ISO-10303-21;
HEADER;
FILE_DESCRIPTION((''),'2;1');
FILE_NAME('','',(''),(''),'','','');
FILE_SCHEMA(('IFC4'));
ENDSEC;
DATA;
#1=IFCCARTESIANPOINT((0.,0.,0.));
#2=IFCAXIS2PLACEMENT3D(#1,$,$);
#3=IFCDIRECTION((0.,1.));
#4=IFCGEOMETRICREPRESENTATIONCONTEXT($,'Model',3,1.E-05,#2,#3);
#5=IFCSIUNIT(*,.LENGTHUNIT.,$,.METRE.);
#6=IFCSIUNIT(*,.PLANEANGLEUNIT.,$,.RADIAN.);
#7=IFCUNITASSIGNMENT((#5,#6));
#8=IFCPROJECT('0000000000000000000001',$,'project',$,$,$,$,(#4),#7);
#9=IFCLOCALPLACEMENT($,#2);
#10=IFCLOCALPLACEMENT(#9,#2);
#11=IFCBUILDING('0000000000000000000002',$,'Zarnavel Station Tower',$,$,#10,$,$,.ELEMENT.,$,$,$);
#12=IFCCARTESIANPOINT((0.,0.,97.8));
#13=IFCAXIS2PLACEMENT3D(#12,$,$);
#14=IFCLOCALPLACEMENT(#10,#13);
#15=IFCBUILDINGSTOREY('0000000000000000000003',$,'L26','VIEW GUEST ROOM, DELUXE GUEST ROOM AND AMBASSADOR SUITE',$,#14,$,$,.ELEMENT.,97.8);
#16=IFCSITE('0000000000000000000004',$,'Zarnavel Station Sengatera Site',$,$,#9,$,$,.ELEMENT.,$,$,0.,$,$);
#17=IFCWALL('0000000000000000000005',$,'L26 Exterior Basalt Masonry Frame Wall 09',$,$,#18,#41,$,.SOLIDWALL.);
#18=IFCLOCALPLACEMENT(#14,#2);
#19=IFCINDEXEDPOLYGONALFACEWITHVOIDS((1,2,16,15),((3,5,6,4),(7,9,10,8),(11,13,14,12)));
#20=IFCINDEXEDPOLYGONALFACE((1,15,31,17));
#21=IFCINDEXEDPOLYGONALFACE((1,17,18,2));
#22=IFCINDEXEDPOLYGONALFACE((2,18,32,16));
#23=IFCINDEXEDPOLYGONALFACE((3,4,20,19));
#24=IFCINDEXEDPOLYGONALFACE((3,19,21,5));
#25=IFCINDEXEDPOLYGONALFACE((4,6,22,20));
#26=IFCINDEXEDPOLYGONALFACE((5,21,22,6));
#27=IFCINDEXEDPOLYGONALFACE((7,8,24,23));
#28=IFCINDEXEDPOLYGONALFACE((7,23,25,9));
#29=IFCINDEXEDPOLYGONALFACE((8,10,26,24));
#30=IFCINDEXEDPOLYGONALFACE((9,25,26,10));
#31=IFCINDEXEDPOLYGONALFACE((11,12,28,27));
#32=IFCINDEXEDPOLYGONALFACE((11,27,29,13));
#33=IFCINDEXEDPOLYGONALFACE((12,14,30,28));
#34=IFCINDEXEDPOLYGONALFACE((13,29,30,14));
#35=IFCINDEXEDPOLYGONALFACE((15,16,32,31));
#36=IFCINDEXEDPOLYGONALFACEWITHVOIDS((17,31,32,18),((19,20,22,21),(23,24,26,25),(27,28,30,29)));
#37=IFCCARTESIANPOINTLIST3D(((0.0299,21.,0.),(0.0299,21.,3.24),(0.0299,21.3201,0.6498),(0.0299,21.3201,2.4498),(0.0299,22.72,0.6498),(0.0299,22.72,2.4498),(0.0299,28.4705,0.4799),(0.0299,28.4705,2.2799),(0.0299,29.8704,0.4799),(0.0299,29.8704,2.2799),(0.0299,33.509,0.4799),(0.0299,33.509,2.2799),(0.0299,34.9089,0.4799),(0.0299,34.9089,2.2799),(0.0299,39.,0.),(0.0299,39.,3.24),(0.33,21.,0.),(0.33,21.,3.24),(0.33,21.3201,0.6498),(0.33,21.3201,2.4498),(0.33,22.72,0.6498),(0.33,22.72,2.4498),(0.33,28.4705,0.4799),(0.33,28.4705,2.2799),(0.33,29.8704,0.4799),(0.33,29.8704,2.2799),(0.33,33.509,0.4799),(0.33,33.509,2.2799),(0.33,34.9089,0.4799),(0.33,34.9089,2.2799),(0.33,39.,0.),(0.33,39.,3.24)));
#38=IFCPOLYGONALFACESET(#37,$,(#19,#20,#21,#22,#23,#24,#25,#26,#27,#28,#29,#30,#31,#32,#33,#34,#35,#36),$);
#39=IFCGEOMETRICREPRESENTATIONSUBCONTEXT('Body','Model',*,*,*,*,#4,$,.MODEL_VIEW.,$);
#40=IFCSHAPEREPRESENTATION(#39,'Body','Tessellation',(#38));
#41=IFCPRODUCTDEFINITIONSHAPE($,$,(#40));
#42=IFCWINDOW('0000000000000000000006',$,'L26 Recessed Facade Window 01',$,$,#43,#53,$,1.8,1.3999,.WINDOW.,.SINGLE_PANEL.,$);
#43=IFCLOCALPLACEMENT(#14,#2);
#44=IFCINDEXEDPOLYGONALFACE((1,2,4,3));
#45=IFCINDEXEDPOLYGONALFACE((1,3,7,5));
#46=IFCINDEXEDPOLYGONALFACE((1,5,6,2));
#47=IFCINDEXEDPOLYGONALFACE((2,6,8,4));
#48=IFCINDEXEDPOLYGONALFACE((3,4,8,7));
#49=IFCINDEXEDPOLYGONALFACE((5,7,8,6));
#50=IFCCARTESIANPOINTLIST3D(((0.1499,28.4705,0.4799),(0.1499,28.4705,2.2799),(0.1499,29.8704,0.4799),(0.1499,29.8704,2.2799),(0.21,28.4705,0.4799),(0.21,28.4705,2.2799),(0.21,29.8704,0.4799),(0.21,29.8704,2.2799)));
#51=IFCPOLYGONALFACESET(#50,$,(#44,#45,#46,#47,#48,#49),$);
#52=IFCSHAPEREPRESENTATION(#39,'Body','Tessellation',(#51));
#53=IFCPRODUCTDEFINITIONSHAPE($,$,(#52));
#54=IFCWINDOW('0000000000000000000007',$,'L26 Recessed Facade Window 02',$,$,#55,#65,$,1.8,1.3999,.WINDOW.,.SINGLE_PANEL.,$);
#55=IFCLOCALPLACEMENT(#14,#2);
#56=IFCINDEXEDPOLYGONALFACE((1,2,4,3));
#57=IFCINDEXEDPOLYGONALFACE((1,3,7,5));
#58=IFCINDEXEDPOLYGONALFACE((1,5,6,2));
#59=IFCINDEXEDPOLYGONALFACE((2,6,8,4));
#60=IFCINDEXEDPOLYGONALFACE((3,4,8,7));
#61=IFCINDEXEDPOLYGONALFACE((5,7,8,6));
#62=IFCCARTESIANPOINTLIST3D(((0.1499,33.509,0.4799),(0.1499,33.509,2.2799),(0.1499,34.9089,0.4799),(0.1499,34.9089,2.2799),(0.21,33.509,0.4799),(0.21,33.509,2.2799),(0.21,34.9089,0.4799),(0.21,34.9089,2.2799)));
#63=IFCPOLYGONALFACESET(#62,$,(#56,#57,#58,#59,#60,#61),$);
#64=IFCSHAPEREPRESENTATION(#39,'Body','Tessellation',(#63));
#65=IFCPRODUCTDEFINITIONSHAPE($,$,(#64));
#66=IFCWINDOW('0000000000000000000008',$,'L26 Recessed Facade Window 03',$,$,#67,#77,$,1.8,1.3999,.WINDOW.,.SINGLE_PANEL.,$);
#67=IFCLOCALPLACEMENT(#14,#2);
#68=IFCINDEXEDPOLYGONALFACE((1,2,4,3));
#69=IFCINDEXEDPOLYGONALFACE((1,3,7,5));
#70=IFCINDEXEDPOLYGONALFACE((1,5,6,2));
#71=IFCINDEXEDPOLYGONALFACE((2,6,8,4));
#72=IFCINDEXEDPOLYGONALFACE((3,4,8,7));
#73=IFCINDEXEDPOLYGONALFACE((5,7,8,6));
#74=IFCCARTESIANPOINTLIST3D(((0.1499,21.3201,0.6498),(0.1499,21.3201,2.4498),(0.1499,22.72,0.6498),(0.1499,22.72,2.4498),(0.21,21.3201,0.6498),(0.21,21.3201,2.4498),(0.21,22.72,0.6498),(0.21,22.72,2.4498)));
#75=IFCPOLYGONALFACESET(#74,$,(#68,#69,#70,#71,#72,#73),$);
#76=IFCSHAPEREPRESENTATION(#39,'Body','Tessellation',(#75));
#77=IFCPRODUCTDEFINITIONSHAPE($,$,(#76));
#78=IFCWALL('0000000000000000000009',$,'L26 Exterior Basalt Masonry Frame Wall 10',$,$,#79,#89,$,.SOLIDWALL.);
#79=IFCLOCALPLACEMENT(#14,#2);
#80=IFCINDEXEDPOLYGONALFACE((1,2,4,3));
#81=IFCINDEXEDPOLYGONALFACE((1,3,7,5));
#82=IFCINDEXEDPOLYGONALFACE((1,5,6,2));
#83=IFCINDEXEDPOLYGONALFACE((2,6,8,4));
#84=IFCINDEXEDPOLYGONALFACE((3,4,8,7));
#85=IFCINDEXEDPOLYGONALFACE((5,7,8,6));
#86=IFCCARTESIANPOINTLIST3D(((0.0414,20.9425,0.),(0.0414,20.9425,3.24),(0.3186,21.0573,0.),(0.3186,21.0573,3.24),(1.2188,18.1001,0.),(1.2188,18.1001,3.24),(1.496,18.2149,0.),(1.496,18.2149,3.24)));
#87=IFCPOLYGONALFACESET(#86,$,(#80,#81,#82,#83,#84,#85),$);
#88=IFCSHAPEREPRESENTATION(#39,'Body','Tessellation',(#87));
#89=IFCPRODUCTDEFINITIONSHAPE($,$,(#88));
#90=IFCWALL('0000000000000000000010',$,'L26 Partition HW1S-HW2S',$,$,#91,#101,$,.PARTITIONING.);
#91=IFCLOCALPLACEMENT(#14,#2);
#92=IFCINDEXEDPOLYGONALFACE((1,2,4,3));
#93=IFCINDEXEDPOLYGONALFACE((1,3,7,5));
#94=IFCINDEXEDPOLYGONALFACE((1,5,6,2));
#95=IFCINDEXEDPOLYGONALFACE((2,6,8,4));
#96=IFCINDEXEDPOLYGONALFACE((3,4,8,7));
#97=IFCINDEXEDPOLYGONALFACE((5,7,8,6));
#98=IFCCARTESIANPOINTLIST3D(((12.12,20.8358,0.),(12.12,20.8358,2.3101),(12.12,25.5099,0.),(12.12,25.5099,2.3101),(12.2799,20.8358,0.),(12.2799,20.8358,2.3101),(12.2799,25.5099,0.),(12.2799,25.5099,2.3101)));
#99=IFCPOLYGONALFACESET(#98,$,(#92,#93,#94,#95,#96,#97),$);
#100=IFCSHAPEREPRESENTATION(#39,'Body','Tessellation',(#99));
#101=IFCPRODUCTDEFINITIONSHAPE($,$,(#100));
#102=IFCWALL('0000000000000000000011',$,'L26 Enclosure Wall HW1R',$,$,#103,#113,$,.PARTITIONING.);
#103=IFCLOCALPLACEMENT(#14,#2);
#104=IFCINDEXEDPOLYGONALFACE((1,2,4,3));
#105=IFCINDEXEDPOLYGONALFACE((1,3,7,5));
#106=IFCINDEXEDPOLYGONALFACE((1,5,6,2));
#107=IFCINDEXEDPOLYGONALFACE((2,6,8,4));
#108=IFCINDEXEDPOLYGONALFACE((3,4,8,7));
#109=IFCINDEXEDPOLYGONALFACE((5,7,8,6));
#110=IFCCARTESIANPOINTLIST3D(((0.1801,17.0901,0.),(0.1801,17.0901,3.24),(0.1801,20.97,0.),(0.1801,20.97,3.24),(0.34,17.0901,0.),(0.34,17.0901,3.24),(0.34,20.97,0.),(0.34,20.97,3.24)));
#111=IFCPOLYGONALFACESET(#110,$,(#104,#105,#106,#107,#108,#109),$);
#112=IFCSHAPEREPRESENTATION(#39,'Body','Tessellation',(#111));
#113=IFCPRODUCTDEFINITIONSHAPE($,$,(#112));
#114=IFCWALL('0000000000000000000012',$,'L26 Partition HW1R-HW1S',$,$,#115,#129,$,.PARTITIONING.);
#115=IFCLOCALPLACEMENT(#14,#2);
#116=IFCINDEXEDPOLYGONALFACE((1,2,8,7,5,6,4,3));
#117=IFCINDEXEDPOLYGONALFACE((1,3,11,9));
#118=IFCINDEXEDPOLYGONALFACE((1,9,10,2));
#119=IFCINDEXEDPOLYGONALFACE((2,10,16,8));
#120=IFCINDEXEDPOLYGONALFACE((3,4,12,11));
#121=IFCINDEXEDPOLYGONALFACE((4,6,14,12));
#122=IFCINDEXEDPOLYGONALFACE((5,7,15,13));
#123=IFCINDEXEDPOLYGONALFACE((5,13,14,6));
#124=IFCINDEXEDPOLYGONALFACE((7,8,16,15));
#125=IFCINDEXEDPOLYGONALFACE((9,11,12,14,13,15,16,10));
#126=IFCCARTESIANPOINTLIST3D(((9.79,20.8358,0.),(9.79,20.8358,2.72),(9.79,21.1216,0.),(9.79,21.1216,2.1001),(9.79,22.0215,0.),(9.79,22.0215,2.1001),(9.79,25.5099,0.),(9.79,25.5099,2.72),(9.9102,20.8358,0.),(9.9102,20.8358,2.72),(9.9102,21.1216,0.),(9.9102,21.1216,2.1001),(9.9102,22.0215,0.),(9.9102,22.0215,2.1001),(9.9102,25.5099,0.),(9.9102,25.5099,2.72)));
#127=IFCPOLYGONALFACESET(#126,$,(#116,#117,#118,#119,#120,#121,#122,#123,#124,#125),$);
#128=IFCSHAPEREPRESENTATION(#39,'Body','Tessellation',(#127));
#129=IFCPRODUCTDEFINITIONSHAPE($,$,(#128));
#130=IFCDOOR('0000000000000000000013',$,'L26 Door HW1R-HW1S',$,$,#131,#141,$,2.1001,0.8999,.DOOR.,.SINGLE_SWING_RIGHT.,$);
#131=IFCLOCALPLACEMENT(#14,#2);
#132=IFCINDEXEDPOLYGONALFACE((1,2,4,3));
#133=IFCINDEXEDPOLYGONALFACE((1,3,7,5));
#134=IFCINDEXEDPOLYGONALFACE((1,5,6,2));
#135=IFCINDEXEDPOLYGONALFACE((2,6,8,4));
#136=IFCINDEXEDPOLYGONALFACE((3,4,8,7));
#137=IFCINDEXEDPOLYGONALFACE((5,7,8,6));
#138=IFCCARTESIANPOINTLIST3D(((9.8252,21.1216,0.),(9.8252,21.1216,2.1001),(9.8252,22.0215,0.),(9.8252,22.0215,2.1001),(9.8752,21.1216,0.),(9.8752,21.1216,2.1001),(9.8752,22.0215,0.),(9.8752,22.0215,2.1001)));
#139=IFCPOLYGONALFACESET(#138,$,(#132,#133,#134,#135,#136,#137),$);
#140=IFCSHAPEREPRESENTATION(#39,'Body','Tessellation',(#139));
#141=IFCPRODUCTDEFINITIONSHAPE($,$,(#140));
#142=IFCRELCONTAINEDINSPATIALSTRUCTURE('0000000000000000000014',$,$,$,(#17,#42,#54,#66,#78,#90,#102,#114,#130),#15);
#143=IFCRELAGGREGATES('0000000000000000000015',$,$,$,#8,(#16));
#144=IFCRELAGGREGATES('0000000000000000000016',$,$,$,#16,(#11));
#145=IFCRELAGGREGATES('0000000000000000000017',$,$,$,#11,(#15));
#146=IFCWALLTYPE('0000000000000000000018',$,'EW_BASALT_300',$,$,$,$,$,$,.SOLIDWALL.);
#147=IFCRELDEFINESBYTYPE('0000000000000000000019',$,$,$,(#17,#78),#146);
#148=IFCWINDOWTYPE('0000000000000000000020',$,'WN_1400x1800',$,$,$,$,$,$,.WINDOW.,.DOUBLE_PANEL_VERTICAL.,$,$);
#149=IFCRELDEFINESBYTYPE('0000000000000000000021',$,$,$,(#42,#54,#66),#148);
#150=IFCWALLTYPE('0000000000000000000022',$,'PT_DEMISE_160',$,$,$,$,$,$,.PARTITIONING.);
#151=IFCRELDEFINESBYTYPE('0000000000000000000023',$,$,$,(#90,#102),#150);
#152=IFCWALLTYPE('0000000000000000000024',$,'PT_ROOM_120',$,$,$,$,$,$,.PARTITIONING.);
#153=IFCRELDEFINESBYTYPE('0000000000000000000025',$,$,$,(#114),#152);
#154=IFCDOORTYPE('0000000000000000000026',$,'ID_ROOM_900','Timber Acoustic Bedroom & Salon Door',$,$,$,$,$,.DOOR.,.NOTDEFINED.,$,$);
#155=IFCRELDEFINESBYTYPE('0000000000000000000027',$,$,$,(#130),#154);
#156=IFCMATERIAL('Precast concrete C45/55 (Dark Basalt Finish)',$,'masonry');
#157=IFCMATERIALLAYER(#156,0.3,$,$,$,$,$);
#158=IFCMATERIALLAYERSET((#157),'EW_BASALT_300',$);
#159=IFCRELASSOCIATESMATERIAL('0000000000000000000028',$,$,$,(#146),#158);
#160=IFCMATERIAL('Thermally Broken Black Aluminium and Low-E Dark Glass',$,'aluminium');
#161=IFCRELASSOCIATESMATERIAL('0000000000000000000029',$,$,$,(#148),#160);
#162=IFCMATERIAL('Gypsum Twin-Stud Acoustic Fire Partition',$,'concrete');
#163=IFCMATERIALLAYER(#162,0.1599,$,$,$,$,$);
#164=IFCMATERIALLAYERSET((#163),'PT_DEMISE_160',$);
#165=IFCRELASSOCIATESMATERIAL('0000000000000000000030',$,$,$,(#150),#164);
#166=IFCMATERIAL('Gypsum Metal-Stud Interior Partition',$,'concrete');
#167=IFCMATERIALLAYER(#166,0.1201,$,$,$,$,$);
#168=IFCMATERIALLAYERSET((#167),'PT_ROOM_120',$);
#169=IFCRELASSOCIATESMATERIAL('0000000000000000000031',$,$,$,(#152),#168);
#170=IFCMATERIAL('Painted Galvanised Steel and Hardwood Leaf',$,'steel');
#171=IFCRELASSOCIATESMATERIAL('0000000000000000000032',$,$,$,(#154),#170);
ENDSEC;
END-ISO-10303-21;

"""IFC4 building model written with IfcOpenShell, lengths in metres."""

from ifc_helpers import new_model, si_unit, direction, frame, frame_2d, origin, place, context, subcontext, project, spatial, rectangle, extrude, material, layer, layer_set, type_object, element, fill, save


model = new_model("IFC4")

# Units and contexts
model_context = context("Model", 3, precision=1e-05, world=origin(), true_north=direction((0.0, 1.0)))
body_context = subcontext(model_context, "Body", "Model", "MODEL_VIEW")
ifc_project = project(units=[si_unit("LENGTHUNIT", "METRE"), si_unit("PLANEANGLEUNIT", "RADIAN")], contexts=[model_context])

# Site, building, storey
site_placement = place(None, origin())
site = spatial("IfcSite", under=ifc_project, at=site_placement, Name="Zarnavel Station Sengatera Site", CompositionType="ELEMENT", RefElevation=0.0)
building_placement = place(site_placement, origin())
building = spatial("IfcBuilding", under=site, at=building_placement, Name="Zarnavel Station Tower", CompositionType="ELEMENT")
storey_placement = place(building_placement, frame((0.0, 0.0, 97.8)))
storey = spatial("IfcBuildingStorey", under=building, at=storey_placement, Name="L26", Description="VIEW GUEST ROOM, DELUXE GUEST ROOM AND AMBASSADOR SUITE", CompositionType="ELEMENT", Elevation=97.8)

# Wall, openings, windows
ifc_material_1 = material(Name="Precast concrete C45/55 (Dark Basalt Finish)", Category="masonry")
ifc_layer_1 = layer(ifc_material_1, 0.3)
ifc_layer_set_1 = layer_set([ifc_layer_1], Name="EW_BASALT_300")
wall_type_1 = type_object("IfcWallType", Name="EW_BASALT_300", PredefinedType="SOLIDWALL", material=ifc_layer_set_1)
wall_1_placement = place(storey_placement, frame((0.1799, 21.0, 0.0), z_axis=(0.0, 0.0, 1.0), x_axis=(0.0, 1.0, 0.0)))
wall_1 = element("IfcWall", 1, at=wall_1_placement, inside=storey, type_object=wall_type_1, Name="L26 Exterior Basalt Masonry Frame Wall 09", PredefinedType="SOLIDWALL", context=body_context, shape_type="SweptSolid", body=[
    extrude(rectangle(XDim=18.0, YDim=0.3, at=frame_2d((9.0, 0.0))), origin(), (0.0, 0.0, 1.0), 3.24),
])
opening_1_placement = place(wall_1_placement, frame((7.4705, 0.0, 0.48)))
opening_1 = element("IfcOpeningElement", 2, at=opening_1_placement, cuts=wall_1, PredefinedType="OPENING", context=body_context, shape_type="SweptSolid", body=[
    extrude(rectangle(XDim=1.3999, YDim=1.8, at=frame_2d((0.7, 0.8999))), frame((0.0, 0.1599, 0.0), z_axis=(0.0, -1.0, 0.0), x_axis=(1.0, 0.0, 0.0)), (0.0, 0.0, 1.0), 0.3201),
])
opening_2_placement = place(wall_1_placement, frame((12.509, 0.0, 0.48)))
opening_2 = element("IfcOpeningElement", 3, at=opening_2_placement, cuts=wall_1, PredefinedType="OPENING", context=body_context, shape_type="SweptSolid", body=[
    extrude(rectangle(XDim=1.3999, YDim=1.8, at=frame_2d((0.7, 0.8999))), frame((0.0, 0.1599, 0.0), z_axis=(0.0, -1.0, 0.0), x_axis=(1.0, 0.0, 0.0)), (0.0, 0.0, 1.0), 0.3201),
])
opening_3_placement = place(wall_1_placement, frame((0.3201, 0.0, 0.6499)))
opening_3 = element("IfcOpeningElement", 4, at=opening_3_placement, cuts=wall_1, PredefinedType="OPENING", context=body_context, shape_type="SweptSolid", body=[
    extrude(rectangle(XDim=1.3999, YDim=1.8, at=frame_2d((0.7, 0.8999))), frame((0.0, 0.1599, 0.0), z_axis=(0.0, -1.0, 0.0), x_axis=(1.0, 0.0, 0.0)), (0.0, 0.0, 1.0), 0.3201),
])
ifc_material_2 = material(Name="Thermally Broken Black Aluminium and Low-E Dark Glass", Category="aluminium")
window_type = type_object("IfcWindowType", Name="WN_1400x1800", PartitioningType="DOUBLE_PANEL_VERTICAL", PredefinedType="WINDOW", material=ifc_material_2)
window_1_placement = place(opening_1_placement, origin())
window_1 = element("IfcWindow", 5, at=window_1_placement, inside=storey, type_object=window_type, Name="L26 Recessed Facade Window 01", OverallHeight=1.8, OverallWidth=1.3999, PartitioningType="SINGLE_PANEL", PredefinedType="WINDOW", context=body_context, shape_type="SweptSolid", body=[
    extrude(rectangle(XDim=1.3999, YDim=1.8, at=frame_2d((0.7, 0.8999))), frame((0.0, 0.03, 0.0), z_axis=(0.0, -1.0, 0.0), x_axis=(1.0, 0.0, 0.0)), (0.0, 0.0, 1.0), 0.0601),
])
fill(opening_1, window_1)
window_2_placement = place(opening_2_placement, origin())
window_2 = element("IfcWindow", 6, at=window_2_placement, inside=storey, type_object=window_type, Name="L26 Recessed Facade Window 02", OverallHeight=1.8, OverallWidth=1.3999, PartitioningType="SINGLE_PANEL", PredefinedType="WINDOW", context=body_context, shape_type="SweptSolid", body=[
    extrude(rectangle(XDim=1.3999, YDim=1.8, at=frame_2d((0.7, 0.8999))), frame((0.0, 0.03, 0.0), z_axis=(0.0, -1.0, 0.0), x_axis=(1.0, 0.0, 0.0)), (0.0, 0.0, 1.0), 0.0601),
])
fill(opening_2, window_2)
window_3_placement = place(opening_3_placement, origin())
window_3 = element("IfcWindow", 7, at=window_3_placement, inside=storey, type_object=window_type, Name="L26 Recessed Facade Window 03", OverallHeight=1.8, OverallWidth=1.3999, PartitioningType="SINGLE_PANEL", PredefinedType="WINDOW", context=body_context, shape_type="SweptSolid", body=[
    extrude(rectangle(XDim=1.3999, YDim=1.8, at=frame_2d((0.7, 0.8999))), frame((0.0, 0.03, 0.0), z_axis=(0.0, -1.0, 0.0), x_axis=(1.0, 0.0, 0.0)), (0.0, 0.0, 1.0), 0.0601),
])
fill(opening_3, window_3)

# Walls
wall_2_placement = place(storey_placement, frame((1.3574, 18.1575, 0.0), z_axis=(0.0, 0.0, 1.0), x_axis=(-0.382705, 0.923871, 0.0)))
element("IfcWall", 8, at=wall_2_placement, inside=storey, type_object=wall_type_1, Name="L26 Exterior Basalt Masonry Frame Wall 10", PredefinedType="SOLIDWALL", context=body_context, shape_type="SweptSolid", body=[
    extrude(rectangle(XDim=3.0767, YDim=0.3, at=frame_2d((1.5383, 0.0))), origin(), (0.0, 0.0, 1.0), 3.24),
])
ifc_material_3 = material(Name="Gypsum Twin-Stud Acoustic Fire Partition", Category="concrete")
ifc_layer_2 = layer(ifc_material_3, 0.1599)
ifc_layer_set_2 = layer_set([ifc_layer_2], Name="PT_DEMISE_160")
wall_type_2 = type_object("IfcWallType", Name="PT_DEMISE_160", PredefinedType="PARTITIONING", material=ifc_layer_set_2)
wall_3_placement = place(storey_placement, frame((12.2, 20.8359, 0.0), z_axis=(0.0, 0.0, 1.0), x_axis=(0.0, 1.0, 0.0)))
element("IfcWall", 9, at=wall_3_placement, inside=storey, type_object=wall_type_2, Name="L26 Partition HW1S-HW2S", PredefinedType="PARTITIONING", context=body_context, shape_type="SweptSolid", body=[
    extrude(rectangle(XDim=4.6741, YDim=0.1599, at=frame_2d((2.3369, 0.0))), origin(), (0.0, 0.0, 1.0), 2.3101),
])
wall_4_placement = place(storey_placement, frame((0.26, 17.0901, 0.0), z_axis=(0.0, 0.0, 1.0), x_axis=(0.0, 1.0, 0.0)))
element("IfcWall", 10, at=wall_4_placement, inside=storey, type_object=wall_type_2, Name="L26 Enclosure Wall HW1R", PredefinedType="PARTITIONING", context=body_context, shape_type="SweptSolid", body=[
    extrude(rectangle(XDim=3.8799, YDim=0.1599, at=frame_2d((1.9399, 0.0))), origin(), (0.0, 0.0, 1.0), 3.24),
])

# Wall, opening, door
ifc_material_4 = material(Name="Gypsum Metal-Stud Interior Partition", Category="concrete")
ifc_layer_3 = layer(ifc_material_4, 0.1201)
ifc_layer_set_3 = layer_set([ifc_layer_3], Name="PT_ROOM_120")
wall_type_3 = type_object("IfcWallType", Name="PT_ROOM_120", PredefinedType="PARTITIONING", material=ifc_layer_set_3)
wall_5_placement = place(storey_placement, frame((9.8501, 20.8359, 0.0), z_axis=(0.0, 0.0, 1.0), x_axis=(0.0, 1.0, 0.0)))
wall_5 = element("IfcWall", 11, at=wall_5_placement, inside=storey, type_object=wall_type_3, Name="L26 Partition HW1R-HW1S", PredefinedType="PARTITIONING", context=body_context, shape_type="SweptSolid", body=[
    extrude(rectangle(XDim=4.6741, YDim=0.1201, at=frame_2d((2.3369, 0.0))), origin(), (0.0, 0.0, 1.0), 2.72),
])
opening_4_placement = place(wall_5_placement, frame((0.2856, 0.0, 0.0)))
opening_4 = element("IfcOpeningElement", 12, at=opening_4_placement, cuts=wall_5, PredefinedType="OPENING", context=body_context, shape_type="SweptSolid", body=[
    extrude(rectangle(XDim=0.8999, YDim=2.1001, at=frame_2d((0.45, 1.05))), frame((0.0, 0.0701, 0.0), z_axis=(0.0, -1.0, 0.0), x_axis=(1.0, 0.0, 0.0)), (0.0, 0.0, 1.0), 0.1401),
])
ifc_material_5 = material(Name="Painted Galvanised Steel and Hardwood Leaf", Category="steel")
door_type_1 = type_object("IfcDoorType", Name="ID_ROOM_900", Description="Timber Acoustic Bedroom & Salon Door", OperationType="NOTDEFINED", PredefinedType="DOOR", material=ifc_material_5)
door_1_placement = place(opening_4_placement, origin())
door_1 = element("IfcDoor", 13, at=door_1_placement, inside=storey, type_object=door_type_1, Name="L26 Door HW1R-HW1S", OperationType="SINGLE_SWING_RIGHT", OverallHeight=2.1001, OverallWidth=0.8999, PredefinedType="DOOR", context=body_context, shape_type="SweptSolid", body=[
    extrude(rectangle(XDim=0.8999, YDim=2.1001, at=frame_2d((0.45, 1.05))), frame((0.0, 0.0249, 0.0), z_axis=(0.0, -1.0, 0.0), x_axis=(1.0, 0.0, 0.0)), (0.0, 0.0, 1.0), 0.05),
])
fill(opening_4, door_1)

save(model, "model.ifc")
